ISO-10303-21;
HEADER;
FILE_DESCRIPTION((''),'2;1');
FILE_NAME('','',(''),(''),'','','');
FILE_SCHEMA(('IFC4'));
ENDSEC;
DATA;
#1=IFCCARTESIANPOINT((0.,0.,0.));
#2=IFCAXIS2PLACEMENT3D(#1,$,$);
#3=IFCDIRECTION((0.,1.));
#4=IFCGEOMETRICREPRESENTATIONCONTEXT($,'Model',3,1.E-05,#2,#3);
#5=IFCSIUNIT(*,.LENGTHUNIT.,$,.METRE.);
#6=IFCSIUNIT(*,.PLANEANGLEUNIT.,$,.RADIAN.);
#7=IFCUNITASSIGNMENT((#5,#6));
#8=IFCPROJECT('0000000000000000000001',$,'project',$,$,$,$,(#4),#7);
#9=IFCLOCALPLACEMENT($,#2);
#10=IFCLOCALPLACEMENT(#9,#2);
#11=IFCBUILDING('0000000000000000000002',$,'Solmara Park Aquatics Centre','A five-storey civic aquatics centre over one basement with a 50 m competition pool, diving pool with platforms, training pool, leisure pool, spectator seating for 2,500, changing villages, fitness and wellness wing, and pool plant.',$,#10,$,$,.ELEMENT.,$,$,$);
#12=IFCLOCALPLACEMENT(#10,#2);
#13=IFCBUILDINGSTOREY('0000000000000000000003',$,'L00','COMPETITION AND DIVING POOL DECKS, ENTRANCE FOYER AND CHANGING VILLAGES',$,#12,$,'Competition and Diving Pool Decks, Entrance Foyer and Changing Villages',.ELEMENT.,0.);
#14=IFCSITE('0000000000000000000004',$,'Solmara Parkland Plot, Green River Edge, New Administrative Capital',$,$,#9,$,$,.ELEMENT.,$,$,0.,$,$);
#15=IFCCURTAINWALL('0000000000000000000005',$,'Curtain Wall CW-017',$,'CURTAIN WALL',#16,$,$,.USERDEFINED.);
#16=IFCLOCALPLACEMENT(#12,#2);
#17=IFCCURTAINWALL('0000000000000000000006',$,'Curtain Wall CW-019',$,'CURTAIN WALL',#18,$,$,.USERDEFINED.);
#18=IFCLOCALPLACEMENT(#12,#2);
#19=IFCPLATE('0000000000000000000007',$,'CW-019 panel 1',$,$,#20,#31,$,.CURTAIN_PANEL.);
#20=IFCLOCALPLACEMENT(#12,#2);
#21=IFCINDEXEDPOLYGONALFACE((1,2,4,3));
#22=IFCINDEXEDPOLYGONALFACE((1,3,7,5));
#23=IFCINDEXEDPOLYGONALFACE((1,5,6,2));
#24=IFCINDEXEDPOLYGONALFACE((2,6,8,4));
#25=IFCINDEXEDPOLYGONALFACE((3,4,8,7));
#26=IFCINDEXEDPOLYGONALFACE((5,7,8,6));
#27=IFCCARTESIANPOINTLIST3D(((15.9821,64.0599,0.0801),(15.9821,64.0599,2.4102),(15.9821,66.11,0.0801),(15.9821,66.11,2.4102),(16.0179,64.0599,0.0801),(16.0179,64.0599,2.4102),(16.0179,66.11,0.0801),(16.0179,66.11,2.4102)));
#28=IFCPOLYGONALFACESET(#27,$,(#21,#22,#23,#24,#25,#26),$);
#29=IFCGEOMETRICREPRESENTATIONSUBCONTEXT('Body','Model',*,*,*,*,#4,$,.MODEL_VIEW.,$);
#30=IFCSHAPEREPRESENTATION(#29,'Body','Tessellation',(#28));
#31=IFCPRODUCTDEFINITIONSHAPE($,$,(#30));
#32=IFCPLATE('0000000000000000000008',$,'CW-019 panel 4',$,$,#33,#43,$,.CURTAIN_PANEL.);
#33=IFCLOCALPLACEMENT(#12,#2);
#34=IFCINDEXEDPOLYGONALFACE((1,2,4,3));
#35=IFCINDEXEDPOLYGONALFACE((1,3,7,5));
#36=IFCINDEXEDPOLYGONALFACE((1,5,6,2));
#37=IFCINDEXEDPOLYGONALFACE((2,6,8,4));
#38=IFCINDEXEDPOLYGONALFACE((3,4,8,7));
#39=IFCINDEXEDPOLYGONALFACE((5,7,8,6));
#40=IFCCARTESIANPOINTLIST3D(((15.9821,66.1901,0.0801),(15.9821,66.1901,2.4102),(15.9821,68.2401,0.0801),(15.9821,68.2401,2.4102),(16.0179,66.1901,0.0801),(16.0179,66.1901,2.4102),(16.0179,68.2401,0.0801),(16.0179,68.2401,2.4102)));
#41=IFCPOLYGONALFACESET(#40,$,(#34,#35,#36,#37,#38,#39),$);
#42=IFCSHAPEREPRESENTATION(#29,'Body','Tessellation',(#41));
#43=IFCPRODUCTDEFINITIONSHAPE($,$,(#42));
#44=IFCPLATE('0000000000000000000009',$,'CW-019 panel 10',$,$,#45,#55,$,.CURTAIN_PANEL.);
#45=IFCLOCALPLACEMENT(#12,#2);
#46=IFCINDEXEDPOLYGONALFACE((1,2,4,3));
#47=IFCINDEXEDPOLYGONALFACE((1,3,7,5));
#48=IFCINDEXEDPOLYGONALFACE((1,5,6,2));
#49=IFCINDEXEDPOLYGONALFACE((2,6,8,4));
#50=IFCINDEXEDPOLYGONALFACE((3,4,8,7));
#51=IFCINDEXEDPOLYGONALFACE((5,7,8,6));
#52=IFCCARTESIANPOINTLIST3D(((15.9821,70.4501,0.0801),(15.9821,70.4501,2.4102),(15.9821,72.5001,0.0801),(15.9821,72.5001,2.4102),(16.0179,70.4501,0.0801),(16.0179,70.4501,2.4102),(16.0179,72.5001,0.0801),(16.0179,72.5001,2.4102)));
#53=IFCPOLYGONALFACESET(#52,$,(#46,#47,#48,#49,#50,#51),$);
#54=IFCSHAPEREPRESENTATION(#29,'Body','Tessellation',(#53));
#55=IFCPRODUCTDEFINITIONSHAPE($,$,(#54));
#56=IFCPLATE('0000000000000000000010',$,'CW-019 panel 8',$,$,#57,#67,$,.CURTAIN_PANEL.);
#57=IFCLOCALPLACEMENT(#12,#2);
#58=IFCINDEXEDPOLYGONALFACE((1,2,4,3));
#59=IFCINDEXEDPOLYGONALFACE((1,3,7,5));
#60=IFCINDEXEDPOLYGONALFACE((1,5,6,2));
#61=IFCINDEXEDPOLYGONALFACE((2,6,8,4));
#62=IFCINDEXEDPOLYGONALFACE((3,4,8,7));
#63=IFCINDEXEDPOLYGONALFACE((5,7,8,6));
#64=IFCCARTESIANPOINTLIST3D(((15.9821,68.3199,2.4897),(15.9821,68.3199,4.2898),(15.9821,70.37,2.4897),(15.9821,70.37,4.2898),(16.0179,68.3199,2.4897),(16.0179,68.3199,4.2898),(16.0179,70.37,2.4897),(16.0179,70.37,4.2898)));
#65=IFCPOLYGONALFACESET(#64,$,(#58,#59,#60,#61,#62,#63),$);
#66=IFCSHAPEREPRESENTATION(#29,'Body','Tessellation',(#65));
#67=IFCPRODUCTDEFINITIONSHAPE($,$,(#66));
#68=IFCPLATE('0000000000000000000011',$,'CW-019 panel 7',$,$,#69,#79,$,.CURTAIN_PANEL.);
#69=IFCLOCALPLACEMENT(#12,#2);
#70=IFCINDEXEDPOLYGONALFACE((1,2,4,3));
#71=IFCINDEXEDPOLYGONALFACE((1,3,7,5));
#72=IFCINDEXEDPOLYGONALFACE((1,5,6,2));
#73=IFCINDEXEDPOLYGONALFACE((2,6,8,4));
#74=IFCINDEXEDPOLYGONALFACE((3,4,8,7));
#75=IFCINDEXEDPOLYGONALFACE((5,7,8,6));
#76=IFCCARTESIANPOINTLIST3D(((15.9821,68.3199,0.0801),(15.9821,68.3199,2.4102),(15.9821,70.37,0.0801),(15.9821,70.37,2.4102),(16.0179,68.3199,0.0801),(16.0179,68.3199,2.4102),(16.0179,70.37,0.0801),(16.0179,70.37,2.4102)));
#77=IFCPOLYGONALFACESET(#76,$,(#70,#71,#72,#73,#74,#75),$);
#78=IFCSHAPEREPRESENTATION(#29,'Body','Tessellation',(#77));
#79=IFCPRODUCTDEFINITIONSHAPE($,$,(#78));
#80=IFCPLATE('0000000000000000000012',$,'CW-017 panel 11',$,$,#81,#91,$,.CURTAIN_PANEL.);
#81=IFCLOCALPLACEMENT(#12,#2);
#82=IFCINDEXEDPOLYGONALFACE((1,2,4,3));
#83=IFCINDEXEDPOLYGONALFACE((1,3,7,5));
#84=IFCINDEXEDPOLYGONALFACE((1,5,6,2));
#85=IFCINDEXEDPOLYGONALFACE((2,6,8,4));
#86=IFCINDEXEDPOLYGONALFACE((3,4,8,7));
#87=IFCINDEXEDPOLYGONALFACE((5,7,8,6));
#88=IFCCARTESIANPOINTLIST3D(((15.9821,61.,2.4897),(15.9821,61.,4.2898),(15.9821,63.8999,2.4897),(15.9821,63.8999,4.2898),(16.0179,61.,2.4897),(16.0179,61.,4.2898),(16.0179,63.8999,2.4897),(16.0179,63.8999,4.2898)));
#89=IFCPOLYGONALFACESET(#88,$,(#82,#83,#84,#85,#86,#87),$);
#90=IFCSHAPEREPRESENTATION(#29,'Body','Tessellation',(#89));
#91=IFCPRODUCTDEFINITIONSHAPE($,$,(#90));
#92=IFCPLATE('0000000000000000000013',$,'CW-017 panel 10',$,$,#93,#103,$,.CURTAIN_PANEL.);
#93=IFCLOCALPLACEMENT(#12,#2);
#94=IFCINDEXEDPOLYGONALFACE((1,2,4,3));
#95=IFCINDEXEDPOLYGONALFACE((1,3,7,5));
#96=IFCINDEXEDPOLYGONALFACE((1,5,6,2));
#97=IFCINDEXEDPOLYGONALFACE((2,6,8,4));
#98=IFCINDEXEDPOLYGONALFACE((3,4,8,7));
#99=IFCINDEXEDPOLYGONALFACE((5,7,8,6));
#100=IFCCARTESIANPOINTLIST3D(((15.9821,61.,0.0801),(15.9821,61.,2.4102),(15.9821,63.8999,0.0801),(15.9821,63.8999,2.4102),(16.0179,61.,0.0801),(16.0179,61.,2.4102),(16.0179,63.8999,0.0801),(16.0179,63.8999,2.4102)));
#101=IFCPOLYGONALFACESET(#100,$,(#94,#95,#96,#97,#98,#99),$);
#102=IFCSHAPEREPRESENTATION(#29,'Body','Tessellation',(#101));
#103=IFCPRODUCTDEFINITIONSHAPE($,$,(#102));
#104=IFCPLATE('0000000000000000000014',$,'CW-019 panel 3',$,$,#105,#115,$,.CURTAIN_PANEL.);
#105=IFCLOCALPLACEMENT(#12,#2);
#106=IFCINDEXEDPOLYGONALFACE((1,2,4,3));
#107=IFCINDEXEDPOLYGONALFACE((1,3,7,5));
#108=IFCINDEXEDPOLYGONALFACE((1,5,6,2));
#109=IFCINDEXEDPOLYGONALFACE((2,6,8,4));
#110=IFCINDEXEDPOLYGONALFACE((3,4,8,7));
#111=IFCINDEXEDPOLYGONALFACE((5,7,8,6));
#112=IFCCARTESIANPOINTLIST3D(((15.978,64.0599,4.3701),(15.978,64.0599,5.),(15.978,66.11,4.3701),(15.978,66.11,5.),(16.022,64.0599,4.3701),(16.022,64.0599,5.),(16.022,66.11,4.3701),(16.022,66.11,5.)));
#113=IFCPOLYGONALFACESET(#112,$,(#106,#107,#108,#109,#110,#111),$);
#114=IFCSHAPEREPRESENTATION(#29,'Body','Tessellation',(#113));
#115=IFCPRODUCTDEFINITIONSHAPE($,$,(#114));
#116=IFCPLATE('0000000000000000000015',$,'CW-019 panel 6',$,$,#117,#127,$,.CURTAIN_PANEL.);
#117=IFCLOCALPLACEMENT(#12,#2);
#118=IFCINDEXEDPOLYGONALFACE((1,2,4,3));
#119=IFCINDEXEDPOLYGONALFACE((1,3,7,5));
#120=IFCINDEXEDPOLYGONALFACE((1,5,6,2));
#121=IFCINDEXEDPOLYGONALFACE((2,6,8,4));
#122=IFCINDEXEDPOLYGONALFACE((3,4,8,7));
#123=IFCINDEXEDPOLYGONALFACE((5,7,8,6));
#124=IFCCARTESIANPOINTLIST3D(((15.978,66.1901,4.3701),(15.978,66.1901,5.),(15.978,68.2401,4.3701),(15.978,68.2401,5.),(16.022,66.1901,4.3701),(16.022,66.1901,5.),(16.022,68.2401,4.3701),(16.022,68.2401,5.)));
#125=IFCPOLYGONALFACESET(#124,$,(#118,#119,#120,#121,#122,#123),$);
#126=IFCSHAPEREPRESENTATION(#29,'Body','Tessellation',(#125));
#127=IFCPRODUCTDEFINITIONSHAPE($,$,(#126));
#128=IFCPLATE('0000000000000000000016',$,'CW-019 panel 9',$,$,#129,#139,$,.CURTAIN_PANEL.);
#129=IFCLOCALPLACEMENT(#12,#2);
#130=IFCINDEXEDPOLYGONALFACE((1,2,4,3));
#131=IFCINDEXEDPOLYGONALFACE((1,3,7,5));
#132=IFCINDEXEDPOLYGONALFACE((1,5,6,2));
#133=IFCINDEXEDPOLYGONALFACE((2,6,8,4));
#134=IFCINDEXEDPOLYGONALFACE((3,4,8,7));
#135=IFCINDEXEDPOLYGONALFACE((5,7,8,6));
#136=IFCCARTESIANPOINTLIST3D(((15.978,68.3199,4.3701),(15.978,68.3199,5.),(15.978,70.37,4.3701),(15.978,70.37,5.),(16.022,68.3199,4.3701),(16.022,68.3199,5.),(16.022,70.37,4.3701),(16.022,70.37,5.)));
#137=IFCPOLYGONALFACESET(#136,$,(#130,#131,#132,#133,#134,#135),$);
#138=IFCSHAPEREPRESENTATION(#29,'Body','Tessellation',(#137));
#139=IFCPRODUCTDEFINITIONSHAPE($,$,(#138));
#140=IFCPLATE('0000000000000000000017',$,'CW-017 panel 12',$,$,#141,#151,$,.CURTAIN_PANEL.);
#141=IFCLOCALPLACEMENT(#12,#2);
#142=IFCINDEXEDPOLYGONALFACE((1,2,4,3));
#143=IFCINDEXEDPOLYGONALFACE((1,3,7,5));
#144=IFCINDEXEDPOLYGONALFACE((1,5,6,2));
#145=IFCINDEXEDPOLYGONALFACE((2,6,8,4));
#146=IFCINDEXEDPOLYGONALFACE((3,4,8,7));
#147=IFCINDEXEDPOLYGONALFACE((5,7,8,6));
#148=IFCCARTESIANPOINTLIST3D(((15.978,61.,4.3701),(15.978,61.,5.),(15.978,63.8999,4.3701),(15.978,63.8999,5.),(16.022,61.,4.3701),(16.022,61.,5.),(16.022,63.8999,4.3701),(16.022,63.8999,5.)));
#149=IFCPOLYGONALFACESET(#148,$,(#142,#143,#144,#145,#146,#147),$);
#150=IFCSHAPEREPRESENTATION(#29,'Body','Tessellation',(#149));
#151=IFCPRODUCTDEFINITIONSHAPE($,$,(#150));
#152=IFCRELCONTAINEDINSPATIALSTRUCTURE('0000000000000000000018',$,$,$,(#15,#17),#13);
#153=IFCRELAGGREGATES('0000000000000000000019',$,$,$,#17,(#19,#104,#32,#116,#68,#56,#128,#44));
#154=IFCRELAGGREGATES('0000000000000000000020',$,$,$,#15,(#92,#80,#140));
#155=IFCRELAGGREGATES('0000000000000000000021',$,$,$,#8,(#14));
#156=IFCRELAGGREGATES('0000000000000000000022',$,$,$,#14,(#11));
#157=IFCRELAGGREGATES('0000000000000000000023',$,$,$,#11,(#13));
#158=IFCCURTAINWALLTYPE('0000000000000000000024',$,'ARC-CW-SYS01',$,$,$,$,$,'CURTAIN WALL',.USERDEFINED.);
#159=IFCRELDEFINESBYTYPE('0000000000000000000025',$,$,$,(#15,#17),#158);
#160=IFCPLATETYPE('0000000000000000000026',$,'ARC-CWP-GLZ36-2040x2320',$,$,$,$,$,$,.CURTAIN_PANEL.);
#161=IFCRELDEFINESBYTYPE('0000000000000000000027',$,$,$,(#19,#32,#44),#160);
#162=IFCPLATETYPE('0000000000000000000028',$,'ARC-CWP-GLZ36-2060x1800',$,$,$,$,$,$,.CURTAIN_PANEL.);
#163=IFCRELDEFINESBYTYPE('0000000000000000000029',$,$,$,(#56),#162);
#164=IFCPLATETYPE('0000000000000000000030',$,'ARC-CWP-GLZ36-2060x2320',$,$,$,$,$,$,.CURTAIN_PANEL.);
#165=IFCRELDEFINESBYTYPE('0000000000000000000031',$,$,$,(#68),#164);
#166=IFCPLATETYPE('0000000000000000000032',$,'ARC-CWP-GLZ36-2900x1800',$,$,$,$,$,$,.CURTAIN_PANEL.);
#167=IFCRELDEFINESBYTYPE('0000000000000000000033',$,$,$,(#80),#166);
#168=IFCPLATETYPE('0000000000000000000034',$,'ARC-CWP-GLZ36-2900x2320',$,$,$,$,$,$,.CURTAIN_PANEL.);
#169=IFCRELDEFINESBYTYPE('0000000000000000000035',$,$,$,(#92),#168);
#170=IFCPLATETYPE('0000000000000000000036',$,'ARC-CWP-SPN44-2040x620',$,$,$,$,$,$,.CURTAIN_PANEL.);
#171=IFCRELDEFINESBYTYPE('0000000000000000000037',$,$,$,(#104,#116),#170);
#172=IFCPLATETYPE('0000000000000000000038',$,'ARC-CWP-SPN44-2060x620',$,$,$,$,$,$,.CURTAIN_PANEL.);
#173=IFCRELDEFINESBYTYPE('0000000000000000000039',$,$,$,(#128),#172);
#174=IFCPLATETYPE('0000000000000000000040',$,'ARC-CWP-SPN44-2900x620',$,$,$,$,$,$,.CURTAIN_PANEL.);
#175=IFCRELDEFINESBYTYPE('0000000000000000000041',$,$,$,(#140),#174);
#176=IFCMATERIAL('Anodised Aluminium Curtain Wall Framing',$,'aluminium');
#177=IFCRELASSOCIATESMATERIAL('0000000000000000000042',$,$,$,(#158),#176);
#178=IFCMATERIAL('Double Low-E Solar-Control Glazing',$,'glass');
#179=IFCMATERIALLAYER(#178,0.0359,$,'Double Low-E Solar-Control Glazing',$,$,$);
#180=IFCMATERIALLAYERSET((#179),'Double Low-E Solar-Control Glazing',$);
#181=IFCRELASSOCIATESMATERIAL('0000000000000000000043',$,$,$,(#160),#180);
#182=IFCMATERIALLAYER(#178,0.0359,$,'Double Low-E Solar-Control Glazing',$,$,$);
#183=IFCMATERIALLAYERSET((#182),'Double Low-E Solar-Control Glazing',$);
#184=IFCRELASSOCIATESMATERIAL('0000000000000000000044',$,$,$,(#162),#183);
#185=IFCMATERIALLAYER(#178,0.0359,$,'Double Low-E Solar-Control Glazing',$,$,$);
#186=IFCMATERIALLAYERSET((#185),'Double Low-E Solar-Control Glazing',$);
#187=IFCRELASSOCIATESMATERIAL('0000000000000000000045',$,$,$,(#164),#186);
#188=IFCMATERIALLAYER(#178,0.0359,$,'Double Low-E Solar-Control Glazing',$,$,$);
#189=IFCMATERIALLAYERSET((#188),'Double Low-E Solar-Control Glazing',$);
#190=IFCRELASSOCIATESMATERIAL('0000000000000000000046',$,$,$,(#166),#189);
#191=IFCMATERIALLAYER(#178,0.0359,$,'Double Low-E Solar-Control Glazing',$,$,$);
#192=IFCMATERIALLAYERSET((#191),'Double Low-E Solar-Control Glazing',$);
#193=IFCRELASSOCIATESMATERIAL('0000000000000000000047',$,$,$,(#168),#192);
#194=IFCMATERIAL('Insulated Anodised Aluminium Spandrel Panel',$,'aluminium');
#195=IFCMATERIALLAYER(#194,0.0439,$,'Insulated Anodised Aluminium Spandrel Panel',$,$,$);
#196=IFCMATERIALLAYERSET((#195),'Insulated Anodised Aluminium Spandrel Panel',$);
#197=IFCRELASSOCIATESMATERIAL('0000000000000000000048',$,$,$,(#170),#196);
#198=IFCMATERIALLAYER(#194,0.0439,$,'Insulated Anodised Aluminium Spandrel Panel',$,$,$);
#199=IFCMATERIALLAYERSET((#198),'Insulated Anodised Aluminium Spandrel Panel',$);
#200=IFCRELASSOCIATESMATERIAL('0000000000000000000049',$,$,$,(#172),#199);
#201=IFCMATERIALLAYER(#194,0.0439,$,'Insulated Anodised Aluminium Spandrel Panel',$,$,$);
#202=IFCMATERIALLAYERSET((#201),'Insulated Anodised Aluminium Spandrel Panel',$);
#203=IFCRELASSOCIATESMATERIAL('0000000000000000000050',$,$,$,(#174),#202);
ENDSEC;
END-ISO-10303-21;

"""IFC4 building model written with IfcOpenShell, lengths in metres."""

from ifc_helpers import new_model, si_unit, direction, frame, origin, origin_2d, place, context, subcontext, project, spatial, rectangle, extrude, material, layer, layer_set, type_object, element, aggregate, save


model = new_model("IFC4")

# Units and contexts
model_context = context("Model", 3, precision=1e-05, world=origin(), true_north=direction((0.0, 1.0)))
body_context = subcontext(model_context, "Body", "Model", "MODEL_VIEW")
ifc_project = project(units=[si_unit("LENGTHUNIT", "METRE"), si_unit("PLANEANGLEUNIT", "RADIAN")], contexts=[model_context])

# Site, building, storey
site_placement = place(None, origin())
site = spatial("IfcSite", under=ifc_project, at=site_placement, Name="Solmara Parkland Plot, Green River Edge, New Administrative Capital", CompositionType="ELEMENT", RefElevation=0.0)
building_placement = place(site_placement, origin())
building = spatial("IfcBuilding", under=site, at=building_placement, Name="Solmara Park Aquatics Centre", Description="A five-storey civic aquatics centre over one basement with a 50 m competition pool, diving pool with platforms, training pool, leisure pool, spectator seating for 2,500, changing villages, fitness and wellness wing, and pool plant.", CompositionType="ELEMENT")
storey_placement = place(building_placement, origin())
storey = spatial("IfcBuildingStorey", under=building, at=storey_placement, Name="L00", Description="COMPETITION AND DIVING POOL DECKS, ENTRANCE FOYER AND CHANGING VILLAGES", LongName="Competition and Diving Pool Decks, Entrance Foyer and Changing Villages", CompositionType="ELEMENT", Elevation=0.0)

# Curtain wall
ifc_material_1 = material(Name="Anodised Aluminium Curtain Wall Framing", Category="aluminium")
curtain_wall_type = type_object("IfcCurtainWallType", Name="ARC-CW-SYS01", ElementType="CURTAIN WALL", PredefinedType="USERDEFINED", material=ifc_material_1)
curtain_wall_1_placement = place(storey_placement, origin())
curtain_wall_1 = element("IfcCurtainWall", 1, at=curtain_wall_1_placement, inside=storey, type_object=curtain_wall_type, Name="Curtain Wall CW-017", ObjectType="CURTAIN WALL", PredefinedType="USERDEFINED")

# Curtain wall
curtain_wall_2_placement = place(storey_placement, origin())
curtain_wall_2 = element("IfcCurtainWall", 2, at=curtain_wall_2_placement, inside=storey, type_object=curtain_wall_type, Name="Curtain Wall CW-019", ObjectType="CURTAIN WALL", PredefinedType="USERDEFINED")

# Plates
ifc_material_2 = material(Name="Double Low-E Solar-Control Glazing", Category="glass")
ifc_layer_1 = layer(ifc_material_2, 0.0359, Name="Double Low-E Solar-Control Glazing")
ifc_layer_set_1 = layer_set([ifc_layer_1], Name="Double Low-E Solar-Control Glazing")
plate_type_1 = type_object("IfcPlateType", Name="ARC-CWP-GLZ36-2040x2320", PredefinedType="CURTAIN_PANEL", material=ifc_layer_set_1)
plate_1_placement = place(storey_placement, frame((16.0, 65.085, 0.0801), z_axis=(0.0, 0.0, 1.0), x_axis=(0.0, 1.0, 0.0)))
plate_1 = element("IfcPlate", 3, at=plate_1_placement, type_object=plate_type_1, Name="CW-019 panel 1", PredefinedType="CURTAIN_PANEL", context=body_context, shape_type="SweptSolid", body=[
    extrude(rectangle(XDim=2.05, YDim=0.0359, at=origin_2d()), origin(), (0.0, 0.0, 1.0), 2.3301),
])
plate_2_placement = place(storey_placement, frame((16.0, 67.2151, 0.0801), z_axis=(0.0, 0.0, 1.0), x_axis=(0.0, 1.0, 0.0)))
plate_2 = element("IfcPlate", 4, at=plate_2_placement, type_object=plate_type_1, Name="CW-019 panel 4", PredefinedType="CURTAIN_PANEL", context=body_context, shape_type="SweptSolid", body=[
    extrude(rectangle(XDim=2.05, YDim=0.0359, at=origin_2d()), origin(), (0.0, 0.0, 1.0), 2.3301),
])
plate_3_placement = place(storey_placement, frame((16.0, 71.4751, 0.0801), z_axis=(0.0, 0.0, 1.0), x_axis=(0.0, 1.0, 0.0)))
plate_3 = element("IfcPlate", 5, at=plate_3_placement, type_object=plate_type_1, Name="CW-019 panel 10", PredefinedType="CURTAIN_PANEL", context=body_context, shape_type="SweptSolid", body=[
    extrude(rectangle(XDim=2.05, YDim=0.0359, at=origin_2d()), origin(), (0.0, 0.0, 1.0), 2.3301),
])
ifc_layer_2 = layer(ifc_material_2, 0.0359, Name="Double Low-E Solar-Control Glazing")
ifc_layer_set_2 = layer_set([ifc_layer_2], Name="Double Low-E Solar-Control Glazing")
plate_type_2 = type_object("IfcPlateType", Name="ARC-CWP-GLZ36-2060x1800", PredefinedType="CURTAIN_PANEL", material=ifc_layer_set_2)
plate_4_placement = place(storey_placement, frame((16.0, 69.345, 2.4897), z_axis=(0.0, 0.0, 1.0), x_axis=(0.0, 1.0, 0.0)))
plate_4 = element("IfcPlate", 6, at=plate_4_placement, type_object=plate_type_2, Name="CW-019 panel 8", PredefinedType="CURTAIN_PANEL", context=body_context, shape_type="SweptSolid", body=[
    extrude(rectangle(XDim=2.05, YDim=0.0359, at=origin_2d()), origin(), (0.0, 0.0, 1.0), 1.8),
])
ifc_layer_3 = layer(ifc_material_2, 0.0359, Name="Double Low-E Solar-Control Glazing")
ifc_layer_set_3 = layer_set([ifc_layer_3], Name="Double Low-E Solar-Control Glazing")
plate_type_3 = type_object("IfcPlateType", Name="ARC-CWP-GLZ36-2060x2320", PredefinedType="CURTAIN_PANEL", material=ifc_layer_set_3)
plate_5_placement = place(storey_placement, frame((16.0, 69.345, 0.0801), z_axis=(0.0, 0.0, 1.0), x_axis=(0.0, 1.0, 0.0)))
plate_5 = element("IfcPlate", 7, at=plate_5_placement, type_object=plate_type_3, Name="CW-019 panel 7", PredefinedType="CURTAIN_PANEL", context=body_context, shape_type="SweptSolid", body=[
    extrude(rectangle(XDim=2.05, YDim=0.0359, at=origin_2d()), origin(), (0.0, 0.0, 1.0), 2.3301),
])
ifc_layer_4 = layer(ifc_material_2, 0.0359, Name="Double Low-E Solar-Control Glazing")
ifc_layer_set_4 = layer_set([ifc_layer_4], Name="Double Low-E Solar-Control Glazing")
plate_type_4 = type_object("IfcPlateType", Name="ARC-CWP-GLZ36-2900x1800", PredefinedType="CURTAIN_PANEL", material=ifc_layer_set_4)
plate_6_placement = place(storey_placement, frame((16.0, 62.45, 2.4897), z_axis=(0.0, 0.0, 1.0), x_axis=(0.0, 1.0, 0.0)))
plate_6 = element("IfcPlate", 8, at=plate_6_placement, type_object=plate_type_4, Name="CW-017 panel 11", PredefinedType="CURTAIN_PANEL", context=body_context, shape_type="SweptSolid", body=[
    extrude(rectangle(XDim=2.8999, YDim=0.0359, at=origin_2d()), origin(), (0.0, 0.0, 1.0), 1.8),
])
ifc_layer_5 = layer(ifc_material_2, 0.0359, Name="Double Low-E Solar-Control Glazing")
ifc_layer_set_5 = layer_set([ifc_layer_5], Name="Double Low-E Solar-Control Glazing")
plate_type_5 = type_object("IfcPlateType", Name="ARC-CWP-GLZ36-2900x2320", PredefinedType="CURTAIN_PANEL", material=ifc_layer_set_5)
plate_7_placement = place(storey_placement, frame((16.0, 62.45, 0.0801), z_axis=(0.0, 0.0, 1.0), x_axis=(0.0, 1.0, 0.0)))
plate_7 = element("IfcPlate", 9, at=plate_7_placement, type_object=plate_type_5, Name="CW-017 panel 10", PredefinedType="CURTAIN_PANEL", context=body_context, shape_type="SweptSolid", body=[
    extrude(rectangle(XDim=2.8999, YDim=0.0359, at=origin_2d()), origin(), (0.0, 0.0, 1.0), 2.3301),
])
ifc_material_3 = material(Name="Insulated Anodised Aluminium Spandrel Panel", Category="aluminium")
ifc_layer_6 = layer(ifc_material_3, 0.0439, Name="Insulated Anodised Aluminium Spandrel Panel")
ifc_layer_set_6 = layer_set([ifc_layer_6], Name="Insulated Anodised Aluminium Spandrel Panel")
plate_type_6 = type_object("IfcPlateType", Name="ARC-CWP-SPN44-2040x620", PredefinedType="CURTAIN_PANEL", material=ifc_layer_set_6)
plate_8_placement = place(storey_placement, frame((16.0, 65.085, 4.3701), z_axis=(0.0, 0.0, 1.0), x_axis=(0.0, 1.0, 0.0)))
plate_8 = element("IfcPlate", 10, at=plate_8_placement, type_object=plate_type_6, Name="CW-019 panel 3", PredefinedType="CURTAIN_PANEL", context=body_context, shape_type="SweptSolid", body=[
    extrude(rectangle(XDim=2.05, YDim=0.0439, at=origin_2d()), origin(), (0.0, 0.0, 1.0), 0.6299),
])
plate_9_placement = place(storey_placement, frame((16.0, 67.2151, 4.3701), z_axis=(0.0, 0.0, 1.0), x_axis=(0.0, 1.0, 0.0)))
plate_9 = element("IfcPlate", 11, at=plate_9_placement, type_object=plate_type_6, Name="CW-019 panel 6", PredefinedType="CURTAIN_PANEL", context=body_context, shape_type="SweptSolid", body=[
    extrude(rectangle(XDim=2.05, YDim=0.0439, at=origin_2d()), origin(), (0.0, 0.0, 1.0), 0.6299),
])
ifc_layer_7 = layer(ifc_material_3, 0.0439, Name="Insulated Anodised Aluminium Spandrel Panel")
ifc_layer_set_7 = layer_set([ifc_layer_7], Name="Insulated Anodised Aluminium Spandrel Panel")
plate_type_7 = type_object("IfcPlateType", Name="ARC-CWP-SPN44-2060x620", PredefinedType="CURTAIN_PANEL", material=ifc_layer_set_7)
plate_10_placement = place(storey_placement, frame((16.0, 69.345, 4.3701), z_axis=(0.0, 0.0, 1.0), x_axis=(0.0, 1.0, 0.0)))
plate_10 = element("IfcPlate", 12, at=plate_10_placement, type_object=plate_type_7, Name="CW-019 panel 9", PredefinedType="CURTAIN_PANEL", context=body_context, shape_type="SweptSolid", body=[
    extrude(rectangle(XDim=2.05, YDim=0.0439, at=origin_2d()), origin(), (0.0, 0.0, 1.0), 0.6299),
])
aggregate(curtain_wall_2, [plate_1, plate_8, plate_2, plate_9, plate_5, plate_4, plate_10, plate_3])
ifc_layer_8 = layer(ifc_material_3, 0.0439, Name="Insulated Anodised Aluminium Spandrel Panel")
ifc_layer_set_8 = layer_set([ifc_layer_8], Name="Insulated Anodised Aluminium Spandrel Panel")
plate_type_8 = type_object("IfcPlateType", Name="ARC-CWP-SPN44-2900x620", PredefinedType="CURTAIN_PANEL", material=ifc_layer_set_8)
plate_11_placement = place(storey_placement, frame((16.0, 62.45, 4.3701), z_axis=(0.0, 0.0, 1.0), x_axis=(0.0, 1.0, 0.0)))
plate_11 = element("IfcPlate", 13, at=plate_11_placement, type_object=plate_type_8, Name="CW-017 panel 12", PredefinedType="CURTAIN_PANEL", context=body_context, shape_type="SweptSolid", body=[
    extrude(rectangle(XDim=2.8999, YDim=0.0439, at=origin_2d()), origin(), (0.0, 0.0, 1.0), 0.6299),
])
aggregate(curtain_wall_1, [plate_7, plate_6, plate_11])

save(model, "model.ifc")
